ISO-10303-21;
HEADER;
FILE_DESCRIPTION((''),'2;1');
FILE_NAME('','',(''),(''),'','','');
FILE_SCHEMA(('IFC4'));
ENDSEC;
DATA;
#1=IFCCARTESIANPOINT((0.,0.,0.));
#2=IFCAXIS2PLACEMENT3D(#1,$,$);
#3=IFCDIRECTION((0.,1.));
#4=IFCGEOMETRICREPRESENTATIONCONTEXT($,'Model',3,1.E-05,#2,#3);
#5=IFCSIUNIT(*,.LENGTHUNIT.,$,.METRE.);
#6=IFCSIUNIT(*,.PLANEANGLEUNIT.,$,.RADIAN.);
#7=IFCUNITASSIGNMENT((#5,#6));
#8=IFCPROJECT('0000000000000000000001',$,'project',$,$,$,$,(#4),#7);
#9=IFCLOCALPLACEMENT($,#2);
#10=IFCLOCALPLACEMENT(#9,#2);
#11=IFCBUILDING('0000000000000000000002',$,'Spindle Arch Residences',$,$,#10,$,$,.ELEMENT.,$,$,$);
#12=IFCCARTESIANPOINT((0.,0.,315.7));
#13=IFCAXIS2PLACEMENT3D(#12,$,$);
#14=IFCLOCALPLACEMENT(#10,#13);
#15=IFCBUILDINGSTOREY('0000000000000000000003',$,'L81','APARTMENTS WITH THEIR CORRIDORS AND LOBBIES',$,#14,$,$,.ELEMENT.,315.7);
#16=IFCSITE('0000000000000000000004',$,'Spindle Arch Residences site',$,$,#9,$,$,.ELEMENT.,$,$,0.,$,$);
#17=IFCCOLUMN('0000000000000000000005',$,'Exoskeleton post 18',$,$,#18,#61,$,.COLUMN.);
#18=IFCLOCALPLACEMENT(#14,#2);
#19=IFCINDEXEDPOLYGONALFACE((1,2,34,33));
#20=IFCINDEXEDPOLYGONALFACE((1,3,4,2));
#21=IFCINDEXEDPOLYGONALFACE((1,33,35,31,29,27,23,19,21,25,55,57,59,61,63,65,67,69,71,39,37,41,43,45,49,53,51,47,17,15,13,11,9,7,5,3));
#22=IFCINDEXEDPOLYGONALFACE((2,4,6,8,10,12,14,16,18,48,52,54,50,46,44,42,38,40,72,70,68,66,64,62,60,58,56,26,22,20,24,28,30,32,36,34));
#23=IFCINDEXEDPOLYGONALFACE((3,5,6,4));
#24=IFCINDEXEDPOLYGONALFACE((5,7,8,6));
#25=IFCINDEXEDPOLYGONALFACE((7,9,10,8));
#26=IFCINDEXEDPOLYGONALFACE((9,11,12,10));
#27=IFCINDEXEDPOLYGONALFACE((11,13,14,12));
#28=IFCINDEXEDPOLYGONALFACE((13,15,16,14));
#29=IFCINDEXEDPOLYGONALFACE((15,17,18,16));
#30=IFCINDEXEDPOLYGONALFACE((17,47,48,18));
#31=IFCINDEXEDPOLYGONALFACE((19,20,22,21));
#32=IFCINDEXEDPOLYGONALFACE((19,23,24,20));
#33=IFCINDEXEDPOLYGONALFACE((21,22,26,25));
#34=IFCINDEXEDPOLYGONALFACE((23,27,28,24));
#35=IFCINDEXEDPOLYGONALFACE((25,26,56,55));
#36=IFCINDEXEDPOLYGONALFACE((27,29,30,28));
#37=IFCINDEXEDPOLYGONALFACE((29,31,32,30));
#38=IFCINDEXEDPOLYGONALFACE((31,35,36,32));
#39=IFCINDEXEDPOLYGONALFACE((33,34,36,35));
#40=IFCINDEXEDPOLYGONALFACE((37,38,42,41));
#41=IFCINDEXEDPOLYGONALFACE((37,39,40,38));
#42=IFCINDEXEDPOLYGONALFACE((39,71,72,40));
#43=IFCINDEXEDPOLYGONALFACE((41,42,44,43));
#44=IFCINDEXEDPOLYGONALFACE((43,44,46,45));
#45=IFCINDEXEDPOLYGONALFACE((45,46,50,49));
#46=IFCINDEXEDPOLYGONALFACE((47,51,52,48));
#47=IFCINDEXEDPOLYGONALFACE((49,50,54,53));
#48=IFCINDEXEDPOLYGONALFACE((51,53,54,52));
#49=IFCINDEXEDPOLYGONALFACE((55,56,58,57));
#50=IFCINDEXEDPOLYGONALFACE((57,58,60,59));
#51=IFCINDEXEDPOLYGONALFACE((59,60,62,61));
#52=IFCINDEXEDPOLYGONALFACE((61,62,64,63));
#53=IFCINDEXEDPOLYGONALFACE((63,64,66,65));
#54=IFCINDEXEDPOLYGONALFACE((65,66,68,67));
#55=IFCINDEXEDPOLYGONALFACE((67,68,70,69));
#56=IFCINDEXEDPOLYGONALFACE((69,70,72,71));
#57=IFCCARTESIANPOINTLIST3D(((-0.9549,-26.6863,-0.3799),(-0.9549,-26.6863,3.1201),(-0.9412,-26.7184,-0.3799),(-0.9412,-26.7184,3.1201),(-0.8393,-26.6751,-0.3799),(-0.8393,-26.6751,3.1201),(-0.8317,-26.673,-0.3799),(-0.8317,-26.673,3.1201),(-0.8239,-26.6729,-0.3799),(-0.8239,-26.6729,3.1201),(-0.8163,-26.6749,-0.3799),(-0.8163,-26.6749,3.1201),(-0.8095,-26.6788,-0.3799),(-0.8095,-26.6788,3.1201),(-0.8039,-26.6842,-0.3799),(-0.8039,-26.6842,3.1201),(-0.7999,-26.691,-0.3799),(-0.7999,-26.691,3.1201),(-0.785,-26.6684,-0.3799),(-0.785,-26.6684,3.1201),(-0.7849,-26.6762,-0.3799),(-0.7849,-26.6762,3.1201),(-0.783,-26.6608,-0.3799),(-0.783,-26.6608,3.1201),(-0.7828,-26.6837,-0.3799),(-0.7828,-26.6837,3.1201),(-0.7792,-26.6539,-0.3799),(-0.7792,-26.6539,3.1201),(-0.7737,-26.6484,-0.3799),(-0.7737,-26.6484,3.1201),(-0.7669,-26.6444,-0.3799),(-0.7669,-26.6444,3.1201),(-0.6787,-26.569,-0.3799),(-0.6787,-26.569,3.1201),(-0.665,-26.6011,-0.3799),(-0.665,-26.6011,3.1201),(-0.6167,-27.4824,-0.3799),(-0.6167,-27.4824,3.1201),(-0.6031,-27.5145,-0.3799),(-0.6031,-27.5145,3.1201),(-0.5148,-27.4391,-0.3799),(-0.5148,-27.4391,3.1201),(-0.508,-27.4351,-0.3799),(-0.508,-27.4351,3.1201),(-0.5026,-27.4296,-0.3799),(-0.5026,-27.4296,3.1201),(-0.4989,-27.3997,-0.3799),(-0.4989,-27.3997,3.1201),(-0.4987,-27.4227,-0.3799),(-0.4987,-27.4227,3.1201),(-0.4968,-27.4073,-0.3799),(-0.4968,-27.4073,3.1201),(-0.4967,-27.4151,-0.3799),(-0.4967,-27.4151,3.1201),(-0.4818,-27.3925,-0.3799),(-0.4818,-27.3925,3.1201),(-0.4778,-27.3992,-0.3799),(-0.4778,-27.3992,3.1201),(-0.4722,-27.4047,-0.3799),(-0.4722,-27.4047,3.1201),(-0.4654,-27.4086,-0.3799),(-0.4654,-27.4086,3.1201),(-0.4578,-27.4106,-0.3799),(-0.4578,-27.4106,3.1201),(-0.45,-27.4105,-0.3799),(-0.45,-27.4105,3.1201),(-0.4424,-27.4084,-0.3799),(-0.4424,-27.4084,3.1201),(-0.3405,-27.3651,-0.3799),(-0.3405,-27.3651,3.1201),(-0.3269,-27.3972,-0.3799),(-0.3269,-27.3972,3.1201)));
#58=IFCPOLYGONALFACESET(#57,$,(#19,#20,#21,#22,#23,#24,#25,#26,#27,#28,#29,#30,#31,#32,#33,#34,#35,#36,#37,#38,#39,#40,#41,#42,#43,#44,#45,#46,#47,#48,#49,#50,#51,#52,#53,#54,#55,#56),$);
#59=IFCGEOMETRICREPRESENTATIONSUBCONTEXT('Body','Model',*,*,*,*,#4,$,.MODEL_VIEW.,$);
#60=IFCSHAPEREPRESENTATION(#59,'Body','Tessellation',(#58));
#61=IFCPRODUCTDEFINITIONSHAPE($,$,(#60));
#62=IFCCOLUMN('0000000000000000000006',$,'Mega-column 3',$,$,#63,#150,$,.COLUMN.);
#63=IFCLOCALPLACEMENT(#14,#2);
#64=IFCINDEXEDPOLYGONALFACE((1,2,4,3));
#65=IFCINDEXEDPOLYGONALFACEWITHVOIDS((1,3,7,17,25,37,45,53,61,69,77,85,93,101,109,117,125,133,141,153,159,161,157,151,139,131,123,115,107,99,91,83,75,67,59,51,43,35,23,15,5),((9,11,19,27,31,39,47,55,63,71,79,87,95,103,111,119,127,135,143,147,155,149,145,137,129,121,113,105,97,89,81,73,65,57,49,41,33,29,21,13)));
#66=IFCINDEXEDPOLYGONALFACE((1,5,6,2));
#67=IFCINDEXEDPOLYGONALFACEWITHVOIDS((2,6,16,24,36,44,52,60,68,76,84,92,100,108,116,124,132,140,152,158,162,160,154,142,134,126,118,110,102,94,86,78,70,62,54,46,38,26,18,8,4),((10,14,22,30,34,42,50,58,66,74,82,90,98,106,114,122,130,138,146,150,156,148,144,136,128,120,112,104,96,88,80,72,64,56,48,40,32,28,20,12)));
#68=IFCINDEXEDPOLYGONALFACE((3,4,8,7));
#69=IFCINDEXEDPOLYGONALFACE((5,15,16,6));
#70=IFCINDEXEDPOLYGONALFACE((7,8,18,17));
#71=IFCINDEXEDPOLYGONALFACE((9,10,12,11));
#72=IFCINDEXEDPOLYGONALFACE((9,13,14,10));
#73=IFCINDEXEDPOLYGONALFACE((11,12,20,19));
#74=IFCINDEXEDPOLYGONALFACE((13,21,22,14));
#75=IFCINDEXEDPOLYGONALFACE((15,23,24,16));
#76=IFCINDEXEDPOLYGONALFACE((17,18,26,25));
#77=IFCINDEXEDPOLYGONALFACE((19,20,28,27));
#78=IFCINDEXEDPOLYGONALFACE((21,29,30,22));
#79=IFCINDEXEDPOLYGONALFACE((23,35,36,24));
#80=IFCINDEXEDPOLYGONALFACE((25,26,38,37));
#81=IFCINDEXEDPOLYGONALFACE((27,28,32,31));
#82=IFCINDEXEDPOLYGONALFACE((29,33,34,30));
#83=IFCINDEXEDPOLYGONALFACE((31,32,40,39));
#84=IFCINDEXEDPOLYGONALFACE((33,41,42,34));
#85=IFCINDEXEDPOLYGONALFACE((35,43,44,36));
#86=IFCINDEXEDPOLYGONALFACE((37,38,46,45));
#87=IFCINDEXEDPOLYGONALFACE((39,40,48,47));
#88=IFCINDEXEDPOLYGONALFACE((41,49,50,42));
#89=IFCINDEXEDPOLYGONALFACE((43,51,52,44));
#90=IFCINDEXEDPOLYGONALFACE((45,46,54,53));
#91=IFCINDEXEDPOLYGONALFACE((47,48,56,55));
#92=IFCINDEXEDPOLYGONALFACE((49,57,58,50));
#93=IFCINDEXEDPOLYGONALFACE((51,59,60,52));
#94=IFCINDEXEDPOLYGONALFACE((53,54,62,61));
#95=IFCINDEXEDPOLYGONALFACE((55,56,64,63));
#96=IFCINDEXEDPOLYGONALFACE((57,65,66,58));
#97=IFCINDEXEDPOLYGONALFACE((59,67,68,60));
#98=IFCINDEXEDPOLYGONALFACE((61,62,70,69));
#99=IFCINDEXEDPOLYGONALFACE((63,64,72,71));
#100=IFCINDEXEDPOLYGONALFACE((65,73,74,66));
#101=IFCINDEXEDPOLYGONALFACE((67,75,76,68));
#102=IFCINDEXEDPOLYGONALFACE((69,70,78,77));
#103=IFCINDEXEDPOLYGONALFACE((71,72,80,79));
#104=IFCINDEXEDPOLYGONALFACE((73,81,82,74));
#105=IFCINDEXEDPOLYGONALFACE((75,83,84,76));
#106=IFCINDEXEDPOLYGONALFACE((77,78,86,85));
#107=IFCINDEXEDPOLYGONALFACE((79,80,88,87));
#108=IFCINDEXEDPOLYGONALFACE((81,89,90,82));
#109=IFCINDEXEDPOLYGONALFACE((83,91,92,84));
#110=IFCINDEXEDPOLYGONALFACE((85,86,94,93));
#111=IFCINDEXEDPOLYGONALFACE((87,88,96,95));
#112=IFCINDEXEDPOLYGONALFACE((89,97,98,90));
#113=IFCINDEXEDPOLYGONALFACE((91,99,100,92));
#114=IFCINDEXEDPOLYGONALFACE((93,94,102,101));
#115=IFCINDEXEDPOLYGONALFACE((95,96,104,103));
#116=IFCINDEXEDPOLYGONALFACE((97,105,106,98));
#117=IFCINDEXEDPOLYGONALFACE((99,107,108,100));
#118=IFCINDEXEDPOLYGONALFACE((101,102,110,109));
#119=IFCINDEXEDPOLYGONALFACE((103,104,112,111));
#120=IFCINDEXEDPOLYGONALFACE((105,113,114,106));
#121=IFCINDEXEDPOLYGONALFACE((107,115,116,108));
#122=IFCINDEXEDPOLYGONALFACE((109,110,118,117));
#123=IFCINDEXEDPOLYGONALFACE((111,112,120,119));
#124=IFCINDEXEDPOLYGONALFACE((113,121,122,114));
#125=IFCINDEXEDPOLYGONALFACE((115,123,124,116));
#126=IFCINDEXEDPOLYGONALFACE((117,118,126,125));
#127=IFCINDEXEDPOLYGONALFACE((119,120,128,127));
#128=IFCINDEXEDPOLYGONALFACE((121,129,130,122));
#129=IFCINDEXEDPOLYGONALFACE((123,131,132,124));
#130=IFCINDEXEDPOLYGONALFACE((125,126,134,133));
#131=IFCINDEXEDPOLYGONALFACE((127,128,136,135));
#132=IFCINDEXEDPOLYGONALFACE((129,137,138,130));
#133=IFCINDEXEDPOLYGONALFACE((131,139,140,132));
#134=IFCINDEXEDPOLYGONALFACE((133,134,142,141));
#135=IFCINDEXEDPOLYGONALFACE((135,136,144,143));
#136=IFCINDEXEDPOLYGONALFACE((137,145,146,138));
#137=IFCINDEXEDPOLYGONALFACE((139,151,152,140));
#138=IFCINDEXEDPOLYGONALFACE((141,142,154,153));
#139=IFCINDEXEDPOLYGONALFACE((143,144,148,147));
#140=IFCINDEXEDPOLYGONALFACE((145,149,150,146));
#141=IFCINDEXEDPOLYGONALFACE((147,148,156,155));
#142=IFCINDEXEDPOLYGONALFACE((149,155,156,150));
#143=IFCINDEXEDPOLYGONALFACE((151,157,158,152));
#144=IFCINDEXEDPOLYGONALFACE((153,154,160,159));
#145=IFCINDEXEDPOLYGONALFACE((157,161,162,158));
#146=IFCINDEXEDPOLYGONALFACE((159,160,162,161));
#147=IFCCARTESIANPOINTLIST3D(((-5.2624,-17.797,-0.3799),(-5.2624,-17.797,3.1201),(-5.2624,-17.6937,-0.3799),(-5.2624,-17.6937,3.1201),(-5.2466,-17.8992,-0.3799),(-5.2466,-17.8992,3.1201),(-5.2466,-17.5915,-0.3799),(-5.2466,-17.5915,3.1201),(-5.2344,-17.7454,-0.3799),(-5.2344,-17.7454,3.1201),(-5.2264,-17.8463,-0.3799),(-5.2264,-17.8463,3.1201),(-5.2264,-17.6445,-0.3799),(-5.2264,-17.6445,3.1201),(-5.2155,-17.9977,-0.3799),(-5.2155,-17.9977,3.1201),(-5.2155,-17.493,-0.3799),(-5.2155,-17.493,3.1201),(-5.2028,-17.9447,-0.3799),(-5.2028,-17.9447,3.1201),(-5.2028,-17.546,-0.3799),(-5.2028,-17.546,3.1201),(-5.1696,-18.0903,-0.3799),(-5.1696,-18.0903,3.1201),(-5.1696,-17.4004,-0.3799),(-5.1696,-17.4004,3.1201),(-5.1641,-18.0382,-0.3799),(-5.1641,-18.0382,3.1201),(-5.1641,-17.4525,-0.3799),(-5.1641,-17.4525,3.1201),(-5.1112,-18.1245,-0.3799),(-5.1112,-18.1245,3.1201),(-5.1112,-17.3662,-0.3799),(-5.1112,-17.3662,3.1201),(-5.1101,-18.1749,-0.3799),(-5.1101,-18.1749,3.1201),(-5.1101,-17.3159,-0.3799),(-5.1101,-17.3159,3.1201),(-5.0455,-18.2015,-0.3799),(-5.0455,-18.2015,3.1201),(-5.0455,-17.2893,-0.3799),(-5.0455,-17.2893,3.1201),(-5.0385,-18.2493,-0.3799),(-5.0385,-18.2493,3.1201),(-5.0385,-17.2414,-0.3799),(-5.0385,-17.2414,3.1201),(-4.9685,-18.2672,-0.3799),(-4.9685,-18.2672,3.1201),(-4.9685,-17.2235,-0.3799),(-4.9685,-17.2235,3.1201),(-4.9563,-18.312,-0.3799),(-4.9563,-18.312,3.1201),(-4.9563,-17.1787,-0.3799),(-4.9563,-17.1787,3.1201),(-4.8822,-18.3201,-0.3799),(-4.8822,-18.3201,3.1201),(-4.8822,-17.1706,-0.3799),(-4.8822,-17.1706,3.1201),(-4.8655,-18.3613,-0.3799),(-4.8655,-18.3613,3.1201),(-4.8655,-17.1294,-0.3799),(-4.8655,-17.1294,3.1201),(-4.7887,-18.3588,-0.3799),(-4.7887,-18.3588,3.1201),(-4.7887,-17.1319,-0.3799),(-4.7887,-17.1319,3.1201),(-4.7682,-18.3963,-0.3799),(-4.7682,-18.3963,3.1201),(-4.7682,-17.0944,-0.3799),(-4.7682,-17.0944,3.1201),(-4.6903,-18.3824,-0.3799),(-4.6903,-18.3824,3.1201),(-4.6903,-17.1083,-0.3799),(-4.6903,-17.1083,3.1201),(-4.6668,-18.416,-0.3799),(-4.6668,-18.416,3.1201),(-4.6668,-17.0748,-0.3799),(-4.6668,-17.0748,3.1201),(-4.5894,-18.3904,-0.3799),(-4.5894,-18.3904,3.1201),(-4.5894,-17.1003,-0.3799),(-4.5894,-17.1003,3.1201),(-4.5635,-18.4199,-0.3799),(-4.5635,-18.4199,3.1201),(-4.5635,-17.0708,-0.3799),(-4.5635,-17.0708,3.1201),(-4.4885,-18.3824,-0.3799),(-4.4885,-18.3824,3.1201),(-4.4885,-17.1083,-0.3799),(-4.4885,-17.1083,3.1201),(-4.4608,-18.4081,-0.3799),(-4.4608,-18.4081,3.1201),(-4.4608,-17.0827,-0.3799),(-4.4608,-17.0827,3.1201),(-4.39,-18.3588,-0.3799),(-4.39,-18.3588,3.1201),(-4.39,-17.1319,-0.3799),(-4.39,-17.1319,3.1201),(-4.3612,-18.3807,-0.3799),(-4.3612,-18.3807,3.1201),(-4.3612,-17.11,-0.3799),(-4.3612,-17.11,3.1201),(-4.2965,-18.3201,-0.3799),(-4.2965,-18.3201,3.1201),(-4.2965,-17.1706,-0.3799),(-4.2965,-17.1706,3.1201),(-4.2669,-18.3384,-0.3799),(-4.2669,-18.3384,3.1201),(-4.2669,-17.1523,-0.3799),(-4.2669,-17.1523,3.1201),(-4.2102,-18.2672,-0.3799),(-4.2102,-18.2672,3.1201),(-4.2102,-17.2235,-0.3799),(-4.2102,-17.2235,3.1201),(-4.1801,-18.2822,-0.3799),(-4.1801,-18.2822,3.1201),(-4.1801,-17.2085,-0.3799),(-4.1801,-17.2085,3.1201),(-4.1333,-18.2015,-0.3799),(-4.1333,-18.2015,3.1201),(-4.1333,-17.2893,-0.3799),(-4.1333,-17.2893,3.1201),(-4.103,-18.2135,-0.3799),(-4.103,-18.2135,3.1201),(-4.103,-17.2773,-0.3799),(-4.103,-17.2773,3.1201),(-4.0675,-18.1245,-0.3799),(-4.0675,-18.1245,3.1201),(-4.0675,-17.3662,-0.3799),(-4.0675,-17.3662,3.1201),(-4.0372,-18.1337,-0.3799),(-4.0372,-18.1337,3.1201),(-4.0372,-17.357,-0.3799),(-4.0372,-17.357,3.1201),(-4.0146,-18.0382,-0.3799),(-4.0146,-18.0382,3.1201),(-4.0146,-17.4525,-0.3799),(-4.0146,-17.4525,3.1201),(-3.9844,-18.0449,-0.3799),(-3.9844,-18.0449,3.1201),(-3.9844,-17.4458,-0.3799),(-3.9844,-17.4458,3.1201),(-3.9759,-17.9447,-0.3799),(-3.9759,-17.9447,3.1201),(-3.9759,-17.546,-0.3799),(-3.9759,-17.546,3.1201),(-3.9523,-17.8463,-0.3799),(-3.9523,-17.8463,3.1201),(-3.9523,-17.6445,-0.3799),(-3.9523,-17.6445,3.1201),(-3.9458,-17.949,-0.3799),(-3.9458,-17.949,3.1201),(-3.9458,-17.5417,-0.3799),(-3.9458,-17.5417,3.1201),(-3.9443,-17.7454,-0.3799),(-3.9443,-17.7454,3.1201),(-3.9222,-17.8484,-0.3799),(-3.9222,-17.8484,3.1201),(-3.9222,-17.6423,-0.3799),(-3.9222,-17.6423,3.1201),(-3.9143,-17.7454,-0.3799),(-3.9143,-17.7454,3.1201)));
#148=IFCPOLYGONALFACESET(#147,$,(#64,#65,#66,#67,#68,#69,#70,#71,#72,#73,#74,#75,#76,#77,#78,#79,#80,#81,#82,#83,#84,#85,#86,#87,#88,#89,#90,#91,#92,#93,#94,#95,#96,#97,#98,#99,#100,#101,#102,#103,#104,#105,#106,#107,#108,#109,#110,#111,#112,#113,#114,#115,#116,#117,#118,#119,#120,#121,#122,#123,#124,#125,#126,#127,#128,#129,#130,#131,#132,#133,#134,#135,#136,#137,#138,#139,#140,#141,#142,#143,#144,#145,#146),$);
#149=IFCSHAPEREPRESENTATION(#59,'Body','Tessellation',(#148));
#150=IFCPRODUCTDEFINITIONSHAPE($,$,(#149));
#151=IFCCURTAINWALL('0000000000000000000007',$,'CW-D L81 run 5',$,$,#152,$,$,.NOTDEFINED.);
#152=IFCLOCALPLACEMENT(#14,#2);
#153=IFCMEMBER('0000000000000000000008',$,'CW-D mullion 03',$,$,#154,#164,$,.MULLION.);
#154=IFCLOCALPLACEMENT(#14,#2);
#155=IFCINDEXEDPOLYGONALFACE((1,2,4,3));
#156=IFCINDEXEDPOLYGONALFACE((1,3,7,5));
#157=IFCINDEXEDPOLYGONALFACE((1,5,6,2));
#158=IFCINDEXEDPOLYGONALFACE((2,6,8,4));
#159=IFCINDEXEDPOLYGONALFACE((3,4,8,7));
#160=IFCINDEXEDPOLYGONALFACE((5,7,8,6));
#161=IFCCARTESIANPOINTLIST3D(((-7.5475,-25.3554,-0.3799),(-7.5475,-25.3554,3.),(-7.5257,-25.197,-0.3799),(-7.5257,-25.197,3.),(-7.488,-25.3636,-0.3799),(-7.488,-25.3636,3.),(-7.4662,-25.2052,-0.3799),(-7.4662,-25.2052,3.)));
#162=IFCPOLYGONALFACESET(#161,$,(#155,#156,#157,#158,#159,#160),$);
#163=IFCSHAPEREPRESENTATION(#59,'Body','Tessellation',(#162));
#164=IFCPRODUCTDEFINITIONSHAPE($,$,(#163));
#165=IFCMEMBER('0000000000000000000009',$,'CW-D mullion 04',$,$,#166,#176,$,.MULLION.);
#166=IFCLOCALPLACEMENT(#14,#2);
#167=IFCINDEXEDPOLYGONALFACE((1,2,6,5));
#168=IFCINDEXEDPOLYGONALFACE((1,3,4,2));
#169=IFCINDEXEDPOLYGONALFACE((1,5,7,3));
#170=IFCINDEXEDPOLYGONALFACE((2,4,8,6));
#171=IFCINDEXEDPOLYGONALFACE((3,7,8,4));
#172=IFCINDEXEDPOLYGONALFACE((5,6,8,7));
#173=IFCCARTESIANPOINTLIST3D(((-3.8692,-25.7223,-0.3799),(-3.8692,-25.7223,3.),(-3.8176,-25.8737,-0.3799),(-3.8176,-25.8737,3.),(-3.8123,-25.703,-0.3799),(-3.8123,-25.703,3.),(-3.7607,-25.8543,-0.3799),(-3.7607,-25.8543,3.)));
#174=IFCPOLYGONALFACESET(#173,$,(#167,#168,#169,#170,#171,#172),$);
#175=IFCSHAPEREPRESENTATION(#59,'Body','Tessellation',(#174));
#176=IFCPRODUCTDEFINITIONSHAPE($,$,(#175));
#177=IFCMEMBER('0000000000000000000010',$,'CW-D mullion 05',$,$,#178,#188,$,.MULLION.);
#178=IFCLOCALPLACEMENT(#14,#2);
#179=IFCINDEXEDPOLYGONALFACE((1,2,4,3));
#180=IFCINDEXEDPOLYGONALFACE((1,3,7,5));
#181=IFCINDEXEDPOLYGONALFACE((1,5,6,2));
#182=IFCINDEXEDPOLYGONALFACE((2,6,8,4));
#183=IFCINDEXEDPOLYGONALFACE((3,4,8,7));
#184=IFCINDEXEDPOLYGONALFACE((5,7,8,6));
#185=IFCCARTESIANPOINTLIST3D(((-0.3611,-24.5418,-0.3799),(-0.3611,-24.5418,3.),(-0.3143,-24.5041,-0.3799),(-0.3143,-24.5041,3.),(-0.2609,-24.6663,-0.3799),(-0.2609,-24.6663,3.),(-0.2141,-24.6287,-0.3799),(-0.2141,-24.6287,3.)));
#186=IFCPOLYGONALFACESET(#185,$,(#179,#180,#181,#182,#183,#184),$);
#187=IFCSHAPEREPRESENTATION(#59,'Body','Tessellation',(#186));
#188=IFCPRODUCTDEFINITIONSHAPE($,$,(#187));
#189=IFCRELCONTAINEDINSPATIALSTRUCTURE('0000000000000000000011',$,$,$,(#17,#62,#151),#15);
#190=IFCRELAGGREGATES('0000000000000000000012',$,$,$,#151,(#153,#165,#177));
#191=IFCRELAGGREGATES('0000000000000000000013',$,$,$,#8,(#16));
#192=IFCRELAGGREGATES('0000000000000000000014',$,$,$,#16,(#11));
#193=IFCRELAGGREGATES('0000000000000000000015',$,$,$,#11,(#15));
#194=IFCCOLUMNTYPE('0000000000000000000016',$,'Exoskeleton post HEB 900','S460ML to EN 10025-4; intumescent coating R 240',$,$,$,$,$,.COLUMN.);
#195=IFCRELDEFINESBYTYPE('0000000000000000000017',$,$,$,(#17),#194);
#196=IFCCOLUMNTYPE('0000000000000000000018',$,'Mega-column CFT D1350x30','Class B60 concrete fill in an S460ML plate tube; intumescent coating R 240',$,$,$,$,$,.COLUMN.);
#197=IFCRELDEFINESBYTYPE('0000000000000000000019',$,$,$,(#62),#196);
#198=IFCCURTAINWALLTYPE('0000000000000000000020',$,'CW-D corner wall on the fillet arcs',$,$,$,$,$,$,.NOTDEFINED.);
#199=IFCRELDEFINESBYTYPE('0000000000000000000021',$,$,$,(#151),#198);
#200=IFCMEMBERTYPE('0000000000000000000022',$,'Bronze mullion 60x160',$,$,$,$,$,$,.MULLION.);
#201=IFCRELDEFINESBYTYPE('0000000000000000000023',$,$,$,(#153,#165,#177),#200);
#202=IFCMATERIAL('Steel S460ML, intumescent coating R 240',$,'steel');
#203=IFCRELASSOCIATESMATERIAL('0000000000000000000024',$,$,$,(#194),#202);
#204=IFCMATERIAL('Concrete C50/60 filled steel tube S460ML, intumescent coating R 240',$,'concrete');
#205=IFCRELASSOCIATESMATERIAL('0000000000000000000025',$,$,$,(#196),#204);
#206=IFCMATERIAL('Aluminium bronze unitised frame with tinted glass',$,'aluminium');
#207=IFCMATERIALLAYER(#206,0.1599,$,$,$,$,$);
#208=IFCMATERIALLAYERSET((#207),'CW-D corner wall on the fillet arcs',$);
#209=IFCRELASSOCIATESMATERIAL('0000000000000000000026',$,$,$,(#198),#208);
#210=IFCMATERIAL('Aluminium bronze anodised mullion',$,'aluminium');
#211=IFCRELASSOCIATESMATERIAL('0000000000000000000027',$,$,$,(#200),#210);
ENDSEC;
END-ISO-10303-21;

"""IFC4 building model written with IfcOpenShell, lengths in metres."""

from ifc_helpers import new_model, si_unit, direction, frame, origin, origin_2d, place, context, subcontext, project, spatial, rectangle, hollow_circle, i_section, extrude, material, layer, layer_set, material_profile, profile_set, type_object, element, aggregate, save


model = new_model("IFC4")

# Units and contexts
model_context = context("Model", 3, precision=1e-05, world=origin(), true_north=direction((0.0, 1.0)))
body_context = subcontext(model_context, "Body", "Model", "MODEL_VIEW")
ifc_project = project(units=[si_unit("LENGTHUNIT", "METRE"), si_unit("PLANEANGLEUNIT", "RADIAN")], contexts=[model_context])

# Site, building, storey
site_placement = place(None, origin())
site = spatial("IfcSite", under=ifc_project, at=site_placement, Name="Spindle Arch Residences site", CompositionType="ELEMENT", RefElevation=0.0)
building_placement = place(site_placement, origin())
building = spatial("IfcBuilding", under=site, at=building_placement, Name="Spindle Arch Residences", CompositionType="ELEMENT")
storey_placement = place(building_placement, frame((0.0, 0.0, 315.7)))
storey = spatial("IfcBuildingStorey", under=building, at=storey_placement, Name="L81", Description="APARTMENTS WITH THEIR CORRIDORS AND LOBBIES", CompositionType="ELEMENT", Elevation=315.7)

# Columns
ifc_material_1 = material(Name="Steel S460ML, intumescent coating R 240", Category="steel")
ifc_material_profile_1 = material_profile(ifc_material_1, i_section(OverallWidth=0.3, OverallDepth=0.8999, WebThickness=0.0186, FlangeThickness=0.0349, FilletRadius=0.03, at=origin_2d()), Name="HEB 900")
ifc_profile_set_1 = profile_set([ifc_material_profile_1], Name="Steel S460ML, intumescent coating R 240")
column_type_1 = type_object("IfcColumnType", Name="Exoskeleton post HEB 900", Description="S460ML to EN 10025-4; intumescent coating R 240", PredefinedType="COLUMN", material=ifc_profile_set_1)
column_1_placement = place(storey_placement, frame((-0.6409, -27.0417, -0.3799), z_axis=(0.0, 0.0, 1.0), x_axis=(-0.920422, -0.390926, 0.0)))
element("IfcColumn", 1, at=column_1_placement, inside=storey, type_object=column_type_1, Name="Exoskeleton post 18", PredefinedType="COLUMN", context=body_context, shape_type="SweptSolid", body=[
    extrude(i_section(OverallWidth=0.3, OverallDepth=0.8999, WebThickness=0.0186, FlangeThickness=0.0349, FilletRadius=0.03, at=origin_2d()), origin(), (0.0, 0.0, 1.0), 3.5),
])
ifc_material_2 = material(Name="Concrete C50/60 filled steel tube S460ML, intumescent coating R 240", Category="concrete")
ifc_material_profile_2 = material_profile(ifc_material_2, hollow_circle(Radius=0.675, WallThickness=0.03, at=origin_2d()), Name="CFT D1350x30")
ifc_profile_set_2 = profile_set([ifc_material_profile_2], Name="Concrete C50/60 filled steel tube S460ML, intumescent coating R 240")
column_type_2 = type_object("IfcColumnType", Name="Mega-column CFT D1350x30", Description="Class B60 concrete fill in an S460ML plate tube; intumescent coating R 240", PredefinedType="COLUMN", material=ifc_profile_set_2)
column_2_placement = place(storey_placement, frame((-4.5894, -17.7454, -0.3799), z_axis=(0.0, 0.0, 1.0), x_axis=(1.0, 0.0, 0.0)))
element("IfcColumn", 2, at=column_2_placement, inside=storey, type_object=column_type_2, Name="Mega-column 3", PredefinedType="COLUMN", context=body_context, shape_type="SweptSolid", body=[
    extrude(hollow_circle(Radius=0.675, WallThickness=0.03, at=origin_2d()), origin(), (0.0, 0.0, 1.0), 3.5),
])

# Curtain wall, members
ifc_material_3 = material(Name="Aluminium bronze unitised frame with tinted glass", Category="aluminium")
ifc_layer_1 = layer(ifc_material_3, 0.1599)
ifc_layer_set_1 = layer_set([ifc_layer_1], Name="CW-D corner wall on the fillet arcs")
curtain_wall_type = type_object("IfcCurtainWallType", Name="CW-D corner wall on the fillet arcs", PredefinedType="NOTDEFINED", material=ifc_layer_set_1)
curtain_wall_placement = place(storey_placement, origin())
curtain_wall = element("IfcCurtainWall", 3, at=curtain_wall_placement, inside=storey, type_object=curtain_wall_type, Name="CW-D L81 run 5", PredefinedType="NOTDEFINED")
ifc_material_4 = material(Name="Aluminium bronze anodised mullion", Category="aluminium")
ifc_material_profile_3 = material_profile(ifc_material_4, rectangle(XDim=0.1599, YDim=0.0601, at=origin_2d()), Name="MU 60x160")
ifc_profile_set_3 = profile_set([ifc_material_profile_3], Name="Aluminium bronze anodised mullion")
member_type_1 = type_object("IfcMemberType", Name="Bronze mullion 60x160", PredefinedType="MULLION", material=ifc_profile_set_3)
member_1_placement = place(storey_placement, frame((-7.5068, -25.2803, -0.3799), z_axis=(0.0, 0.0, 1.0), x_axis=(0.136292, 0.990669, 0.0)))
member_1 = element("IfcMember", 4, at=member_1_placement, type_object=member_type_1, Name="CW-D mullion 03", PredefinedType="MULLION", context=body_context, shape_type="SweptSolid", body=[
    extrude(rectangle(XDim=0.1599, YDim=0.0601, at=origin_2d()), origin(), (0.0, 0.0, 1.0), 3.3799),
])
member_2_placement = place(storey_placement, frame((-3.8149, -25.7883, -0.3799), z_axis=(0.0, 0.0, 1.0), x_axis=(-0.322816, 0.946462, 0.0)))
member_2 = element("IfcMember", 5, at=member_2_placement, type_object=member_type_1, Name="CW-D mullion 04", PredefinedType="MULLION", context=body_context, shape_type="SweptSolid", body=[
    extrude(rectangle(XDim=0.1599, YDim=0.0601, at=origin_2d()), origin(), (0.0, 0.0, 1.0), 3.3799),
])
member_3_placement = place(storey_placement, frame((-0.2876, -24.5852, -0.3799), z_axis=(0.0, 0.0, 1.0), x_axis=(-0.627057, 0.778973, 0.0)))
member_3 = element("IfcMember", 6, at=member_3_placement, type_object=member_type_1, Name="CW-D mullion 05", PredefinedType="MULLION", context=body_context, shape_type="SweptSolid", body=[
    extrude(rectangle(XDim=0.1599, YDim=0.0601, at=origin_2d()), origin(), (0.0, 0.0, 1.0), 3.3799),
])

aggregate(curtain_wall, [member_1, member_2, member_3])

save(model, "model.ifc")
